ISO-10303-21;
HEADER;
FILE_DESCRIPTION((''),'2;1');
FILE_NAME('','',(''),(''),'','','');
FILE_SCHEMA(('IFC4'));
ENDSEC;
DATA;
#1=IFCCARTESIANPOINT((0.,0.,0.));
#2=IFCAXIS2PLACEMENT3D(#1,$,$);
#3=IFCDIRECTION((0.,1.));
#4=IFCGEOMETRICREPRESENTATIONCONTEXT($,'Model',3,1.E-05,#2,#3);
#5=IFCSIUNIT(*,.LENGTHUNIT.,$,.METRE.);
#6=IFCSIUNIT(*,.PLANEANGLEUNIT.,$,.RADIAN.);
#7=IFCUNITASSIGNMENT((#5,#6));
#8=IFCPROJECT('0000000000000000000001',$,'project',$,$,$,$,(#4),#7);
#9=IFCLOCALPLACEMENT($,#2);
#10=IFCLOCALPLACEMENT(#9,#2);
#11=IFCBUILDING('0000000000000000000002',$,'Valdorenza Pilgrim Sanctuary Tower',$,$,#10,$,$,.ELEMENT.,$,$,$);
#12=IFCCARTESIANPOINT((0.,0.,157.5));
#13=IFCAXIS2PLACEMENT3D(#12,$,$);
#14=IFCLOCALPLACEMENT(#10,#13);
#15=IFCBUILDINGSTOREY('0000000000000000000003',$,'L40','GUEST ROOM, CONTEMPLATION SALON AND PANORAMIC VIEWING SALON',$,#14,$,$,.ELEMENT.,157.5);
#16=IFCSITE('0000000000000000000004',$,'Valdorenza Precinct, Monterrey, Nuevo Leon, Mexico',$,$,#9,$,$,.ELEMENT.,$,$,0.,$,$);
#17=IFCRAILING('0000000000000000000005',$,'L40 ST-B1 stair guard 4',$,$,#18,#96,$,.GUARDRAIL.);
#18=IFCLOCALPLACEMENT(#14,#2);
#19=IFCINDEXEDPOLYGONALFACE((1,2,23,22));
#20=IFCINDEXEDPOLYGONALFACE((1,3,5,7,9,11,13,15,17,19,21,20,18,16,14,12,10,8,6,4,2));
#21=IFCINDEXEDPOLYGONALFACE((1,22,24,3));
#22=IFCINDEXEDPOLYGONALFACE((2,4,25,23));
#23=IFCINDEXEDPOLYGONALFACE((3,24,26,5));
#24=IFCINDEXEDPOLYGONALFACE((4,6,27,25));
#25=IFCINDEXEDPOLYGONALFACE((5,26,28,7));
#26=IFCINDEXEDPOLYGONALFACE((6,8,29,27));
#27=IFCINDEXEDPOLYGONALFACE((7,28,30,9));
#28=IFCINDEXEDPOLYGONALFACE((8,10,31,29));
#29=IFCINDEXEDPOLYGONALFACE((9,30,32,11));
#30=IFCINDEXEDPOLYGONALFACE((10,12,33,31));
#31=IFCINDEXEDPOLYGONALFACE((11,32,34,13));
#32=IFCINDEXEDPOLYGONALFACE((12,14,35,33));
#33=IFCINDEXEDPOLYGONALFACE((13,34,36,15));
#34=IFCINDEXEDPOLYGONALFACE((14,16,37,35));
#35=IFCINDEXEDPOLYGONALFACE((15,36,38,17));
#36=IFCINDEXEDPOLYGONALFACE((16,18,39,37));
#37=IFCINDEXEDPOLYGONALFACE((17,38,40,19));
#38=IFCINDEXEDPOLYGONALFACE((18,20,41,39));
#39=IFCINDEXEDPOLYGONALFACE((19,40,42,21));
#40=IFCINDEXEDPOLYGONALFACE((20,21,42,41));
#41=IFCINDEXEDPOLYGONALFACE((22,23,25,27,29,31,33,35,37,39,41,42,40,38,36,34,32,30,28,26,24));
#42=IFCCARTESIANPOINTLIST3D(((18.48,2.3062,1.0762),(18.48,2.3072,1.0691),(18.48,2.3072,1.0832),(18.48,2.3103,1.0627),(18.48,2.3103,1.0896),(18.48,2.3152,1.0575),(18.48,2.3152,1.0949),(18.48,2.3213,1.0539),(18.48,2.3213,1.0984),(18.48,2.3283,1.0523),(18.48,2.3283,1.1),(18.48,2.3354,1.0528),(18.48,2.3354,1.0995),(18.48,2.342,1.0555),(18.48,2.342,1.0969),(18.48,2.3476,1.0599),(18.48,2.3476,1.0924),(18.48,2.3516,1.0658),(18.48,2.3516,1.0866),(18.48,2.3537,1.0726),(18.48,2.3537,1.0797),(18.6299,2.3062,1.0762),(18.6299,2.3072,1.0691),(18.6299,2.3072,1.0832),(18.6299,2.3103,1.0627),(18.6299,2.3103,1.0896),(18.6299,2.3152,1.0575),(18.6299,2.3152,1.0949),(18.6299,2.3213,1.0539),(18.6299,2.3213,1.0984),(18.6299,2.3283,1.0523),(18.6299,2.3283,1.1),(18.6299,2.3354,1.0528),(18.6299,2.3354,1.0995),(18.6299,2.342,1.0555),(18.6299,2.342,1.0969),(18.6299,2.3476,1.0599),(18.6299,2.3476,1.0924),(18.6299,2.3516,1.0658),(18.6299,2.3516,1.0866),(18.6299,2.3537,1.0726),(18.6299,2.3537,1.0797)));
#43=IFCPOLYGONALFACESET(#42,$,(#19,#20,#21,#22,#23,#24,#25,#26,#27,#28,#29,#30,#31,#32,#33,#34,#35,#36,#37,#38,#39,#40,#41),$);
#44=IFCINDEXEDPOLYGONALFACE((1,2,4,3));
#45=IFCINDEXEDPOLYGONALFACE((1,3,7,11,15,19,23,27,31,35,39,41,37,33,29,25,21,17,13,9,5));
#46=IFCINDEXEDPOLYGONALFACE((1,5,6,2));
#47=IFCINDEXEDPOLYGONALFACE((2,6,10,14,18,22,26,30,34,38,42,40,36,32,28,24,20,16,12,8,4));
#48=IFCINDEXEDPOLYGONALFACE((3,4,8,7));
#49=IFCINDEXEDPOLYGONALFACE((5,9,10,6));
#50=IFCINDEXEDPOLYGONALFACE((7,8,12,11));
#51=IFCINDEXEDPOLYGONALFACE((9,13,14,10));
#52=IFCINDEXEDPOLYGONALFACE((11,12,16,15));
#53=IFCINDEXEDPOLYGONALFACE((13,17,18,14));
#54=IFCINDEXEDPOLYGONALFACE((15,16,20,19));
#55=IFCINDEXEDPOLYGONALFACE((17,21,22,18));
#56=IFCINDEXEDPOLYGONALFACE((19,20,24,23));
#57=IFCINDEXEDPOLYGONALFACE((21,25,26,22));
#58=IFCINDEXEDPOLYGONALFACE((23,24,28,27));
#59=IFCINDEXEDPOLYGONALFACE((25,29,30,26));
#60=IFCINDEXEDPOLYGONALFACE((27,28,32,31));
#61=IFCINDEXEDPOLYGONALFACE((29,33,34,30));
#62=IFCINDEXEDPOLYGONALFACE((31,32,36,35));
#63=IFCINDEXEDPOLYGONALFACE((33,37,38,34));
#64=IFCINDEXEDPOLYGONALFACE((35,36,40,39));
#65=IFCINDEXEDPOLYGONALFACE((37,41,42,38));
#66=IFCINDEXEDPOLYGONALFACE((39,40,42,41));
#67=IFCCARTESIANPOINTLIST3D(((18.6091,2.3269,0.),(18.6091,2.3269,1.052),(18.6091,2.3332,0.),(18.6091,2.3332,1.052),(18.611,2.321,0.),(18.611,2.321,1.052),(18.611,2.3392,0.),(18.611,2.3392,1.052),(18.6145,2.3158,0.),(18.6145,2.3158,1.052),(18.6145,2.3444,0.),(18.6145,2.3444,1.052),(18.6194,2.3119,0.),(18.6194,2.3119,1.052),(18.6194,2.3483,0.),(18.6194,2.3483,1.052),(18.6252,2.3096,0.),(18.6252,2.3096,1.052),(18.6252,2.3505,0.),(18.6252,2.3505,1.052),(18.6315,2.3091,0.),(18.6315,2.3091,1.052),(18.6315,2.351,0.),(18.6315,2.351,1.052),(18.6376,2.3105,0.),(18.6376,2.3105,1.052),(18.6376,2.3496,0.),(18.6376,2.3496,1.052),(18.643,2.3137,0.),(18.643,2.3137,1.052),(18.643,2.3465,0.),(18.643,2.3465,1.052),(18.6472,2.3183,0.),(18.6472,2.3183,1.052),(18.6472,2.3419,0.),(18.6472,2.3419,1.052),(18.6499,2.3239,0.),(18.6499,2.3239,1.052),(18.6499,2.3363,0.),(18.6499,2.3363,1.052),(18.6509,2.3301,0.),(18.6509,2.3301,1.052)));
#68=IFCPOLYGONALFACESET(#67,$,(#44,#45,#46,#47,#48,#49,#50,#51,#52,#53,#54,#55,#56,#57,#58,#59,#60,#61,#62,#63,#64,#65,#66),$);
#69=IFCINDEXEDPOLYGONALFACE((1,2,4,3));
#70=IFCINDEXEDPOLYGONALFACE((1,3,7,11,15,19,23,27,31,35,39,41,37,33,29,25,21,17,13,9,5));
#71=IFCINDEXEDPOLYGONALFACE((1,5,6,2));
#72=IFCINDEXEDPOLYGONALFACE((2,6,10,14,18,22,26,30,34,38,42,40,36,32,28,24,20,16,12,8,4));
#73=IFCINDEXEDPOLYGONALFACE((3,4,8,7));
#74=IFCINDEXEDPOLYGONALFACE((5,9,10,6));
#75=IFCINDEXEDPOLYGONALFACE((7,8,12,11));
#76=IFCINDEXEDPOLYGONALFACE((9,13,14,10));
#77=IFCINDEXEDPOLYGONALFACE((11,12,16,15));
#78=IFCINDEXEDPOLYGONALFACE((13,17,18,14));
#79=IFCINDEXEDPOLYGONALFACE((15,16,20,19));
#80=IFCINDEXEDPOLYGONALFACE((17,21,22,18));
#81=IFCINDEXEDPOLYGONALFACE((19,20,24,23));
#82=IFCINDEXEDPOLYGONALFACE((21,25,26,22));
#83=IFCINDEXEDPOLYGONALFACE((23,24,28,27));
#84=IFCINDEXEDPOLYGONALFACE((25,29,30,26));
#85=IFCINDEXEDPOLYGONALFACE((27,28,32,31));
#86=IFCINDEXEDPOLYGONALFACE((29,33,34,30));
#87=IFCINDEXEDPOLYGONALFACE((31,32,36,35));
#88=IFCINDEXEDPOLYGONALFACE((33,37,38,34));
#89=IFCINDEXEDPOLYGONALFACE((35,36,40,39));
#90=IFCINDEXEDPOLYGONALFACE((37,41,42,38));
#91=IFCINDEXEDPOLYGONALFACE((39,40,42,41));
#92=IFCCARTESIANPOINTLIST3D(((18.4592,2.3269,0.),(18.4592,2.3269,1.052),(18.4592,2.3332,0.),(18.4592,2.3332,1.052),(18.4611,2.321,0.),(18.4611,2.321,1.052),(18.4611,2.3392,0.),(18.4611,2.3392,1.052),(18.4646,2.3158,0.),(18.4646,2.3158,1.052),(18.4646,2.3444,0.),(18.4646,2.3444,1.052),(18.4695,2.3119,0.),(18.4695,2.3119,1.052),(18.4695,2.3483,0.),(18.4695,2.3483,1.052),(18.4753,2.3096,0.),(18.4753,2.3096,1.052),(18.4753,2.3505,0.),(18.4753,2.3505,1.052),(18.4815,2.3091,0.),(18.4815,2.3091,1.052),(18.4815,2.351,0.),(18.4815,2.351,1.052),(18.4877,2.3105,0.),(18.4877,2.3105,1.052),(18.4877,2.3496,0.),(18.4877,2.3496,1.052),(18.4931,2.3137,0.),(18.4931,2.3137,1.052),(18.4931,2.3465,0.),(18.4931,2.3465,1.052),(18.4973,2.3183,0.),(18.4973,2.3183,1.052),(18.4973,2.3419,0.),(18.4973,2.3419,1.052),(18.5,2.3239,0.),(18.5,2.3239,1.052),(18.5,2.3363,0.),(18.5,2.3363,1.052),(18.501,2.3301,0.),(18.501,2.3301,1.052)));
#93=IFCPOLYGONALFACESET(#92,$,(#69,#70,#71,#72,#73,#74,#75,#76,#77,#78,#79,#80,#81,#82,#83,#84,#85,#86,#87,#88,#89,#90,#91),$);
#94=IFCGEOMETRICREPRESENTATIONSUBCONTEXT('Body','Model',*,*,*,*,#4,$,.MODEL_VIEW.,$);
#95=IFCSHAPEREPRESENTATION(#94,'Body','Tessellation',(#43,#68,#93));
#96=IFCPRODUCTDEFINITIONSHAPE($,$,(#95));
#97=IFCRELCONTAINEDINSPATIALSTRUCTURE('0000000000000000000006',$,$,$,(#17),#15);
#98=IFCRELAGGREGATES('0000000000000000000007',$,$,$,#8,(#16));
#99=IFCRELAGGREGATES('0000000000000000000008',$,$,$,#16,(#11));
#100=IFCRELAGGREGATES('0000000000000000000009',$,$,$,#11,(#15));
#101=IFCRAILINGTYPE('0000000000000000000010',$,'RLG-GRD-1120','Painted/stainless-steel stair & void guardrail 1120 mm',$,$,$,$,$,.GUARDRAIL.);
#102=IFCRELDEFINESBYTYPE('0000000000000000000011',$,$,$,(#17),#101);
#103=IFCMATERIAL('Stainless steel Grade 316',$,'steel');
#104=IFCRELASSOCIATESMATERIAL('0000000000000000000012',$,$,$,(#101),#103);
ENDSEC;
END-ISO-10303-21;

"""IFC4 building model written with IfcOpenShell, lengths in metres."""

from ifc_helpers import new_model, si_unit, direction, frame, origin, origin_2d, place, context, subcontext, project, spatial, circle, extrude, material, type_object, element, save


model = new_model("IFC4")

# Units and contexts
model_context = context("Model", 3, precision=1e-05, world=origin(), true_north=direction((0.0, 1.0)))
body_context = subcontext(model_context, "Body", "Model", "MODEL_VIEW")
ifc_project = project(units=[si_unit("LENGTHUNIT", "METRE"), si_unit("PLANEANGLEUNIT", "RADIAN")], contexts=[model_context])

# Site, building, storey
site_placement = place(None, origin())
site = spatial("IfcSite", under=ifc_project, at=site_placement, Name="Valdorenza Precinct, Monterrey, Nuevo Leon, Mexico", CompositionType="ELEMENT", RefElevation=0.0)
building_placement = place(site_placement, origin())
building = spatial("IfcBuilding", under=site, at=building_placement, Name="Valdorenza Pilgrim Sanctuary Tower", CompositionType="ELEMENT")
storey_placement = place(building_placement, frame((0.0, 0.0, 157.5)))
storey = spatial("IfcBuildingStorey", under=building, at=storey_placement, Name="L40", Description="GUEST ROOM, CONTEMPLATION SALON AND PANORAMIC VIEWING SALON", CompositionType="ELEMENT", Elevation=157.5)

# Railing
ifc_material_1 = material(Name="Stainless steel Grade 316", Category="steel")
railing_type_1 = type_object("IfcRailingType", Name="RLG-GRD-1120", Description="Painted/stainless-steel stair & void guardrail 1120 mm", PredefinedType="GUARDRAIL", material=ifc_material_1)
railing_1_placement = place(storey_placement, frame((18.6299, 2.3301, 0.0)))
element("IfcRailing", 1, at=railing_1_placement, inside=storey, type_object=railing_type_1, Name="L40 ST-B1 stair guard 4", PredefinedType="GUARDRAIL", context=body_context, shape_type="SweptSolid", body=[
    extrude(circle(Radius=0.0239, at=origin_2d()), frame((0.0, 0.0, 1.0762), z_axis=(-1.0, 0.0, 0.0), x_axis=(0.0, -1.0, 0.0)), (0.0, 0.0, 1.0), 0.1499),
    extrude(circle(Radius=0.021, at=origin_2d()), origin(), (0.0, 0.0, 1.0), 1.052),
    extrude(circle(Radius=0.021, at=origin_2d()), frame((-0.1499, 0.0, 0.0)), (0.0, 0.0, 1.0), 1.052),
])

save(model, "model.ifc")
